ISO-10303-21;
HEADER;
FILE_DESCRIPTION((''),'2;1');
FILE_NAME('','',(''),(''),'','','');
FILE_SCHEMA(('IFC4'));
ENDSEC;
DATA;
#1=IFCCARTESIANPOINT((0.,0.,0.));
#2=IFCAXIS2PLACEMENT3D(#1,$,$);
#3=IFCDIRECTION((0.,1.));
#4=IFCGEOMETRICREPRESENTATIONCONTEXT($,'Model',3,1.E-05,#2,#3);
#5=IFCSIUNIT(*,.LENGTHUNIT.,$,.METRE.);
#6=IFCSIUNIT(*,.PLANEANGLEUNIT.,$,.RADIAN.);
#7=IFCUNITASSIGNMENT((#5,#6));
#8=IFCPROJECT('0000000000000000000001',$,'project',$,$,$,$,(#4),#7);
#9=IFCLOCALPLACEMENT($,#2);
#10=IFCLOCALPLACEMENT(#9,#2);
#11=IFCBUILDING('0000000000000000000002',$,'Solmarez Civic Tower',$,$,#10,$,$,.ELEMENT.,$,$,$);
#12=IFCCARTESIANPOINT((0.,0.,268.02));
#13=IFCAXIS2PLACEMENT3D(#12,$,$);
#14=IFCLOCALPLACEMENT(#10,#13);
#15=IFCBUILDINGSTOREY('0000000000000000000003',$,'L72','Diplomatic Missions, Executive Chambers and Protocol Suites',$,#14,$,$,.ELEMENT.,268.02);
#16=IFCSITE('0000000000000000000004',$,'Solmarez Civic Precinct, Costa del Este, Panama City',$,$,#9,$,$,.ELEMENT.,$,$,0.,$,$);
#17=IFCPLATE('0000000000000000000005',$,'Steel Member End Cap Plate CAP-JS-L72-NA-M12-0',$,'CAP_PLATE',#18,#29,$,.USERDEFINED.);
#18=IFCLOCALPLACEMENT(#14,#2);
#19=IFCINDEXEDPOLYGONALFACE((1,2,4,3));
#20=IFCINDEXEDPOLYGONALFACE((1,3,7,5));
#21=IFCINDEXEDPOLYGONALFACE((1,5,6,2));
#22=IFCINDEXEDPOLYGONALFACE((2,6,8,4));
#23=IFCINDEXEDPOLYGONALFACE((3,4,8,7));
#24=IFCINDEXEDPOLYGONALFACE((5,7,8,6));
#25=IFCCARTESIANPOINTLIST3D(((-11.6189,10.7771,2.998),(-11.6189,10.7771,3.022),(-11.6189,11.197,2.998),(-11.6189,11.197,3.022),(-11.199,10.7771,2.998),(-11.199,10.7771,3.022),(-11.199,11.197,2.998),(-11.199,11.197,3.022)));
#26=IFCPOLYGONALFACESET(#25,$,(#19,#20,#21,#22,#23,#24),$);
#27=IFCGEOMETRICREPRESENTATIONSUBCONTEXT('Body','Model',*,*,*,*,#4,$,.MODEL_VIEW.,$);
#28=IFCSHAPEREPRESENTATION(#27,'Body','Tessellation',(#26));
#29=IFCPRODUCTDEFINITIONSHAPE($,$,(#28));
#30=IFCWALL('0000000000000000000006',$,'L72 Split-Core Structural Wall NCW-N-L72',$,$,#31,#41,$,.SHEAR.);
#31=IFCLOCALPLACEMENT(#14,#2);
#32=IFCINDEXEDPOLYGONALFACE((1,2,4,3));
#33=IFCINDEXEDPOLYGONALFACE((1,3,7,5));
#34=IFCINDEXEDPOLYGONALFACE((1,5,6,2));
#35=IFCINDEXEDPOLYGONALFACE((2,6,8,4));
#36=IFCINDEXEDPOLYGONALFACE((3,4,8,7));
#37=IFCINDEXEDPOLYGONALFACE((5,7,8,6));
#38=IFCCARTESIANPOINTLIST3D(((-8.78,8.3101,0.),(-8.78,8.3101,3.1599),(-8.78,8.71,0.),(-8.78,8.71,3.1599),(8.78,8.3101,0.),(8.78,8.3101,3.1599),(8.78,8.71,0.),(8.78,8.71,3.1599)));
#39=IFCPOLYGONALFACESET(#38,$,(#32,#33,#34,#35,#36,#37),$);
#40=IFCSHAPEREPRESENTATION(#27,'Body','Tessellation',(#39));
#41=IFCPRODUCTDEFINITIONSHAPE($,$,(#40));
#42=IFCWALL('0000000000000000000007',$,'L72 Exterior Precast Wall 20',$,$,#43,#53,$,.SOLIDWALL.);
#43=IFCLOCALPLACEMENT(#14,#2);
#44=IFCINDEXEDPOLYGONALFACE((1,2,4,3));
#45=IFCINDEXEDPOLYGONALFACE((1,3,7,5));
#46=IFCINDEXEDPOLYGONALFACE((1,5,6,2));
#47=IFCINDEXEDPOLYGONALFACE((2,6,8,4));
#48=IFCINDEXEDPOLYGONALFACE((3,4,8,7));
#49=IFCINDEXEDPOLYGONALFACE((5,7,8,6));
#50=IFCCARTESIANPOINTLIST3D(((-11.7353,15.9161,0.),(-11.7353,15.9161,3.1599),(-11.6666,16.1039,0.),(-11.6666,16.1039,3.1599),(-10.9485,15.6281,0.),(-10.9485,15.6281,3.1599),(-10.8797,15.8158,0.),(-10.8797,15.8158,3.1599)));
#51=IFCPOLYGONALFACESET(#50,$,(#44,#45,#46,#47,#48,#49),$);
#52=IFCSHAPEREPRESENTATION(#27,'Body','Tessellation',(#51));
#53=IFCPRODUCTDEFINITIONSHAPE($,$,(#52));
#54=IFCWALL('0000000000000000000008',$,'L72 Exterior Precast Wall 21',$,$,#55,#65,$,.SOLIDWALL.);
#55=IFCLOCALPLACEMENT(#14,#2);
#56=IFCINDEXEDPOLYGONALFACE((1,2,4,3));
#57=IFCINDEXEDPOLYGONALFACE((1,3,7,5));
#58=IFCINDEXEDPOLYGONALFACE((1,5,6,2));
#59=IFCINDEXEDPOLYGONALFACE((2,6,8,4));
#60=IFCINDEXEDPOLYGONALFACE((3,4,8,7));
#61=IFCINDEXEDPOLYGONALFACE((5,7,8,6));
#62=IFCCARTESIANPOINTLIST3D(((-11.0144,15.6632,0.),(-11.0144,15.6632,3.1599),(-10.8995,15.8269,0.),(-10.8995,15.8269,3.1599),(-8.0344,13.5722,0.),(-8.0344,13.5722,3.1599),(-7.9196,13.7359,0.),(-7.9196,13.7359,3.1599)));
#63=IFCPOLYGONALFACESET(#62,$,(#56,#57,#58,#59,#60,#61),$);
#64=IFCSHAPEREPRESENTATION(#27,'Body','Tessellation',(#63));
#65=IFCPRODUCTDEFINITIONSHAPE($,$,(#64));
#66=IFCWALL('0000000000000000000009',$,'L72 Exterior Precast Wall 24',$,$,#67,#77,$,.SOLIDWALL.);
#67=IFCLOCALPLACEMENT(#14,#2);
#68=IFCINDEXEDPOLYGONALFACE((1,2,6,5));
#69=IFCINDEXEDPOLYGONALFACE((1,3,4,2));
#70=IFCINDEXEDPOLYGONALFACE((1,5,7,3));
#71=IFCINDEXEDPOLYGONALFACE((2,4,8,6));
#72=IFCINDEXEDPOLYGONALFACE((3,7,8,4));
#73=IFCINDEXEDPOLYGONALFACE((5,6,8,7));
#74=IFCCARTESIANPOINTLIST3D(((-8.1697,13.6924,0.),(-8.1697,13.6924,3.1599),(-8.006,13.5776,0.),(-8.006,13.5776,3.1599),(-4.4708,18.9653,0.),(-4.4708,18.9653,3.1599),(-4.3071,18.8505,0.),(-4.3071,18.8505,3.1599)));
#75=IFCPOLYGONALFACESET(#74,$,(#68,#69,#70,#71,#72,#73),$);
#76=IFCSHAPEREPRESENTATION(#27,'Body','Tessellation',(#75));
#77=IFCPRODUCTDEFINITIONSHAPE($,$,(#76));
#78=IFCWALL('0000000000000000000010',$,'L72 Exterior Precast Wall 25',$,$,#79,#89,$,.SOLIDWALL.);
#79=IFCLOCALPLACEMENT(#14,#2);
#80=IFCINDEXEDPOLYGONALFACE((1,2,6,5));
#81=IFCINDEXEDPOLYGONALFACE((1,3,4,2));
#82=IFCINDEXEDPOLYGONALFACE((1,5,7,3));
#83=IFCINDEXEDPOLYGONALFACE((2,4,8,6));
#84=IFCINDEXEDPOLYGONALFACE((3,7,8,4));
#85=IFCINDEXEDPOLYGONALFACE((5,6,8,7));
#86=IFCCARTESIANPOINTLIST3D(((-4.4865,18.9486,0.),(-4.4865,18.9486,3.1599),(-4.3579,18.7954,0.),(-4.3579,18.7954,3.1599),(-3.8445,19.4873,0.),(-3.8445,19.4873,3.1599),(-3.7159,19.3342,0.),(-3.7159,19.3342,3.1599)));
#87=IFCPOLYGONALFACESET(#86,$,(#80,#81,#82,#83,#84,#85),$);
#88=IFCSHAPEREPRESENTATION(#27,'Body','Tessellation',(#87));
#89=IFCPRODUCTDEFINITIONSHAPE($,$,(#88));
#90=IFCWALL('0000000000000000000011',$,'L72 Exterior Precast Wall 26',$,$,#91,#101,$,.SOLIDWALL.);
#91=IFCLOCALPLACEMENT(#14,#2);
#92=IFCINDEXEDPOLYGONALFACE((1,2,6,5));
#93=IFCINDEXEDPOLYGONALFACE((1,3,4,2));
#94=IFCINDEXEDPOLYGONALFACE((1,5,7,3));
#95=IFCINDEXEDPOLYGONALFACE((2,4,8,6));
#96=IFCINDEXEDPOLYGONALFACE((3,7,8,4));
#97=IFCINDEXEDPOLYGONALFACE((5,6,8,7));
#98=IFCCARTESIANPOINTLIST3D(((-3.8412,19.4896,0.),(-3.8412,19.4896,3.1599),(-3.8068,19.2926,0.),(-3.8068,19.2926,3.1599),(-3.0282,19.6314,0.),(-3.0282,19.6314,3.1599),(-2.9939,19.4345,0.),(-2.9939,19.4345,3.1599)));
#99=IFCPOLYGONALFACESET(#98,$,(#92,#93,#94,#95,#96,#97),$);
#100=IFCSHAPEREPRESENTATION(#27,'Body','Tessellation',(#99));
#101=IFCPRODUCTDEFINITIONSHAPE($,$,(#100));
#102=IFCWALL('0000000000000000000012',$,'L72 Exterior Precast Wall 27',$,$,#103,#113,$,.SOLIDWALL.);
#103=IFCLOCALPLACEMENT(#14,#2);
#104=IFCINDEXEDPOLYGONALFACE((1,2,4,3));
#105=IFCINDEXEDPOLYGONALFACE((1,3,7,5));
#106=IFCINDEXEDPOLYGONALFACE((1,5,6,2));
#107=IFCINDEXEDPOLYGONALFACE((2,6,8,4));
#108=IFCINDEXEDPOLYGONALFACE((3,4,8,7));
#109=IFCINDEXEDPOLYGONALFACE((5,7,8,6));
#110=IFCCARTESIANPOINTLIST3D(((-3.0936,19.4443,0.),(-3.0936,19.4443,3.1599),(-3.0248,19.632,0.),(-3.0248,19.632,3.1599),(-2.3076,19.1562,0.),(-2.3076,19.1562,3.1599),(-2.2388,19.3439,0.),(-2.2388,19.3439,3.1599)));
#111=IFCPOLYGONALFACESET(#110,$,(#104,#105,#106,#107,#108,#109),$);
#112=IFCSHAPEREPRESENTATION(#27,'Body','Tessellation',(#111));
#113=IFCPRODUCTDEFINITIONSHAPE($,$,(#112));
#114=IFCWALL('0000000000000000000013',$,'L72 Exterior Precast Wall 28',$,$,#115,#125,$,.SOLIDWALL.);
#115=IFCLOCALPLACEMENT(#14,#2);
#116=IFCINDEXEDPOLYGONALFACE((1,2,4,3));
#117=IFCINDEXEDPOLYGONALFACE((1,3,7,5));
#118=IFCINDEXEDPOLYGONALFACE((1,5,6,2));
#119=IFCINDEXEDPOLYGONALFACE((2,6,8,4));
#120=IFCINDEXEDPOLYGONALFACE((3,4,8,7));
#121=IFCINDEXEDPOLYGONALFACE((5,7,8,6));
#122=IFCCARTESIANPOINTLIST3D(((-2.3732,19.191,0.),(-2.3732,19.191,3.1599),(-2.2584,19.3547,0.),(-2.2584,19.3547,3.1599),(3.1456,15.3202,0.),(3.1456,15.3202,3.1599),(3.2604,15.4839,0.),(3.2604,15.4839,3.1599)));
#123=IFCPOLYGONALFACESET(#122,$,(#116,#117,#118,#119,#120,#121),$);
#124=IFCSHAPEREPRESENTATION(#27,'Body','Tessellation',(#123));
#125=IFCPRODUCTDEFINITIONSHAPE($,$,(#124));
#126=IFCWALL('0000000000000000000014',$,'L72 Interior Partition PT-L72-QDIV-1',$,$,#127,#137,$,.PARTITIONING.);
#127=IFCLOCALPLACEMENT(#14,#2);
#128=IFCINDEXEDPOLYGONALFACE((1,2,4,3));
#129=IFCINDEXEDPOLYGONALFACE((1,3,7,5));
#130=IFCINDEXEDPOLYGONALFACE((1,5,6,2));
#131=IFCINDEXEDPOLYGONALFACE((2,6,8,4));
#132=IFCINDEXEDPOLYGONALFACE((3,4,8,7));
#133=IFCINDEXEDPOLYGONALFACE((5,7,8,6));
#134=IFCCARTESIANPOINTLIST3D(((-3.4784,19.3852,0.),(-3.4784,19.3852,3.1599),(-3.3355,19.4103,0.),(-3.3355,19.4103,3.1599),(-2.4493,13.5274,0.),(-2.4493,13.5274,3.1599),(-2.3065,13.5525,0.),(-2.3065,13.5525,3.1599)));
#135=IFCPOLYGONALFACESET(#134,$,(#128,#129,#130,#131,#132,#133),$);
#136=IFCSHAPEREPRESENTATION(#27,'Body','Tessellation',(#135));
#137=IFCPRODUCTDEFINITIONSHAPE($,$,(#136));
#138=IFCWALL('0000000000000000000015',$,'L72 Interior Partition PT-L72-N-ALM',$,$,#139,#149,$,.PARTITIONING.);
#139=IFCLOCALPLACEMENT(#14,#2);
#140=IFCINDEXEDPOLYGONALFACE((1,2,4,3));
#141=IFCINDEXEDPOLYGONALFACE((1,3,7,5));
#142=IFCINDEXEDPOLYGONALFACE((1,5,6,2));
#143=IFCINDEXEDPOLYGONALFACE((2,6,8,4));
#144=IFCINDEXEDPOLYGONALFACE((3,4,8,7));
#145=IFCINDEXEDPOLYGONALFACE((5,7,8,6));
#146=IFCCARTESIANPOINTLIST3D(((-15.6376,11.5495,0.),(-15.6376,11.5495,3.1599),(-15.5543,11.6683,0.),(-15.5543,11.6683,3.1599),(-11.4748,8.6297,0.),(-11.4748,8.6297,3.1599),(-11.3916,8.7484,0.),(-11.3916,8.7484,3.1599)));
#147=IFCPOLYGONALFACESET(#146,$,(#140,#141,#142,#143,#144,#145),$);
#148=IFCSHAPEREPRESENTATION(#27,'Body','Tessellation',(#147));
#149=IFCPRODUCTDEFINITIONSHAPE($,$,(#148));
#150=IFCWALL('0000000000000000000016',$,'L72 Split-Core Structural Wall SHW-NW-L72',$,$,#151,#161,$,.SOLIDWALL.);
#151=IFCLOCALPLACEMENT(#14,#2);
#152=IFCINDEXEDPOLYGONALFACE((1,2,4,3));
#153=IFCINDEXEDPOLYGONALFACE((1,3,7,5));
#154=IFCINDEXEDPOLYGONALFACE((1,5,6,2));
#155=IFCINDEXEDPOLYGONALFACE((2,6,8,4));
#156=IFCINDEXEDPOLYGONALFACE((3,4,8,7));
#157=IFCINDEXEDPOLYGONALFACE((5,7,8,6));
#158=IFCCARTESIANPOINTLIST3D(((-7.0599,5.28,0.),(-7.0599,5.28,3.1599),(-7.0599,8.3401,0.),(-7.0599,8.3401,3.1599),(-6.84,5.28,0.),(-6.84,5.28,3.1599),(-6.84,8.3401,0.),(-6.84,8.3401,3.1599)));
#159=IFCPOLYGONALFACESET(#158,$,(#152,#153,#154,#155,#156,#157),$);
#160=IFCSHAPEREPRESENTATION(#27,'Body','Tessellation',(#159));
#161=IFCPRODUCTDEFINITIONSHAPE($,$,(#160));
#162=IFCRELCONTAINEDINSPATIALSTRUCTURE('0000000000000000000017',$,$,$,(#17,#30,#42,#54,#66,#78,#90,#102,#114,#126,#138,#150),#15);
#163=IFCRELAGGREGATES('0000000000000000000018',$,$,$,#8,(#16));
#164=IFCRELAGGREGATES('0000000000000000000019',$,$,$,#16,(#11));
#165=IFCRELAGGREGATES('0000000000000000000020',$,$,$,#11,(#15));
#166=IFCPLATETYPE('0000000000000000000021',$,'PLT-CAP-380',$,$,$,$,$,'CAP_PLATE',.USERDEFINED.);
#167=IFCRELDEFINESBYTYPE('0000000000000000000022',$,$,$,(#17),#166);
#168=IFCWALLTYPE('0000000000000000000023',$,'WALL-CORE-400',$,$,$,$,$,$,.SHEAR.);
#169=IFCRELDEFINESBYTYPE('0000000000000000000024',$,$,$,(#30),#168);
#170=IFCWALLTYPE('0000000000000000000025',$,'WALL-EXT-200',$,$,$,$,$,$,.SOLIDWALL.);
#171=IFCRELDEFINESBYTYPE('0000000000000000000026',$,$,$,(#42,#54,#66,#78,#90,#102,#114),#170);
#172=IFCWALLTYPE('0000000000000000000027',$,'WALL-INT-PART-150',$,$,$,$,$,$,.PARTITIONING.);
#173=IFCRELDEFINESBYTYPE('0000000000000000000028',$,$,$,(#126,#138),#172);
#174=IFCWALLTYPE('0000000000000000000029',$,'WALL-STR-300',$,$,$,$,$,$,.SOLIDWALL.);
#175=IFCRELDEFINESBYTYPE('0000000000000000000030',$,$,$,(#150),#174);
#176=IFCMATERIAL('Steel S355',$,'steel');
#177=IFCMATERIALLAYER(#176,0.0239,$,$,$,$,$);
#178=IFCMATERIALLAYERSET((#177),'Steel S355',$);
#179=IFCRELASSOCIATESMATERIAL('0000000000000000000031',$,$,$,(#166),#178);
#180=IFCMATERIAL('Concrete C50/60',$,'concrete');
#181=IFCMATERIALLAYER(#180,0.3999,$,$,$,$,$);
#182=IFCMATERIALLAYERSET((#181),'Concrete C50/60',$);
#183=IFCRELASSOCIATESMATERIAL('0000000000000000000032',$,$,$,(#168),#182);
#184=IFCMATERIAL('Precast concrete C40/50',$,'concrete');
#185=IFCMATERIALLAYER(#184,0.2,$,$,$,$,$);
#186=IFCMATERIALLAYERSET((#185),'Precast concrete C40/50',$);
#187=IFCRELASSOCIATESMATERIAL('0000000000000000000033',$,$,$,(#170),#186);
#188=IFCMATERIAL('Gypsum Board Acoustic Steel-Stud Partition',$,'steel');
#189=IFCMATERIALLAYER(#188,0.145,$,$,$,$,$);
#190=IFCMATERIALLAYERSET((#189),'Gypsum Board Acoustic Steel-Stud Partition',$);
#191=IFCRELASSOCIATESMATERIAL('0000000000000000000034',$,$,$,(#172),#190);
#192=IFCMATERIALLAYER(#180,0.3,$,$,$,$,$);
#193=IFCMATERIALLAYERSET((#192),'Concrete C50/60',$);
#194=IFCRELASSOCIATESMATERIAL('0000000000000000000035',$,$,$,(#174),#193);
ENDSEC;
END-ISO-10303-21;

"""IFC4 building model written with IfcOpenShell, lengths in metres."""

from ifc_helpers import new_model, si_unit, direction, frame, frame_2d, origin, origin_2d, place, context, subcontext, project, spatial, rectangle, extrude, material, layer, layer_set, type_object, element, save


model = new_model("IFC4")

# Units and contexts
model_context = context("Model", 3, precision=1e-05, world=origin(), true_north=direction((0.0, 1.0)))
body_context = subcontext(model_context, "Body", "Model", "MODEL_VIEW")
ifc_project = project(units=[si_unit("LENGTHUNIT", "METRE"), si_unit("PLANEANGLEUNIT", "RADIAN")], contexts=[model_context])

# Site, building, storey
site_placement = place(None, origin())
site = spatial("IfcSite", under=ifc_project, at=site_placement, Name="Solmarez Civic Precinct, Costa del Este, Panama City", CompositionType="ELEMENT", RefElevation=0.0)
building_placement = place(site_placement, origin())
building = spatial("IfcBuilding", under=site, at=building_placement, Name="Solmarez Civic Tower", CompositionType="ELEMENT")
storey_placement = place(building_placement, frame((0.0, 0.0, 268.02)))
storey = spatial("IfcBuildingStorey", under=building, at=storey_placement, Name="L72", Description="Diplomatic Missions, Executive Chambers and Protocol Suites", CompositionType="ELEMENT", Elevation=268.02)

# Shared definitions
ifc_material_1 = material(Name="Concrete C50/60", Category="concrete")

# Shared definitions
ifc_material_2 = material(Name="Steel S355", Category="steel")

# Plate
ifc_layer_1 = layer(ifc_material_2, 0.0239)
ifc_layer_set_1 = layer_set([ifc_layer_1], Name="Steel S355")
plate_type = type_object("IfcPlateType", Name="PLT-CAP-380", ElementType="CAP_PLATE", PredefinedType="USERDEFINED", material=ifc_layer_set_1)
for number, where, z_axis, x_axis, name in (
    (1, (-11.4089, 10.9871, 2.998), (0.0, 0.0, 1.0), (1.0, 0.0, 0.0), "Steel Member End Cap Plate CAP-JS-L72-NA-M12-0"),
):
    element("IfcPlate", number, at=place(storey_placement, frame(where, z_axis=z_axis, x_axis=x_axis)), inside=storey, type_object=plate_type, Name=name, ObjectType="CAP_PLATE", PredefinedType="USERDEFINED", context=body_context, shape_type="SweptSolid", body=[
        extrude(rectangle(XDim=0.4199, YDim=0.4199, at=origin_2d()), origin(), (0.0, 0.0, 1.0), 0.0239),
    ])

# Walls
ifc_layer_2 = layer(ifc_material_1, 0.3999)
ifc_layer_set_2 = layer_set([ifc_layer_2], Name="Concrete C50/60")
wall_type_1 = type_object("IfcWallType", Name="WALL-CORE-400", PredefinedType="SHEAR", material=ifc_layer_set_2)
wall_1_placement = place(storey_placement, frame((-8.78, 8.51, 0.0), z_axis=(0.0, 0.0, 1.0), x_axis=(1.0, 0.0, 0.0)))
element("IfcWall", 2, at=wall_1_placement, inside=storey, type_object=wall_type_1, Name="L72 Split-Core Structural Wall NCW-N-L72", PredefinedType="SHEAR", context=body_context, shape_type="SweptSolid", body=[
    extrude(rectangle(XDim=17.5601, YDim=0.3999, at=frame_2d((8.78, 0.0))), origin(), (0.0, 0.0, 1.0), 3.1599),
])
ifc_material_3 = material(Name="Precast concrete C40/50", Category="concrete")
ifc_layer_3 = layer(ifc_material_3, 0.2)
ifc_layer_set_3 = layer_set([ifc_layer_3], Name="Precast concrete C40/50")
wall_type_2 = type_object("IfcWallType", Name="WALL-EXT-200", PredefinedType="SOLIDWALL", material=ifc_layer_set_3)
wall_2_placement = place(storey_placement, frame((-11.7009, 16.01, 0.0), z_axis=(0.0, 0.0, 1.0), x_axis=(0.939043, -0.343801, 0.0)))
element("IfcWall", 3, at=wall_2_placement, inside=storey, type_object=wall_type_2, Name="L72 Exterior Precast Wall 20", PredefinedType="SOLIDWALL", context=body_context, shape_type="SweptSolid", body=[
    extrude(rectangle(XDim=0.8379, YDim=0.2, at=frame_2d((0.4189, 0.0))), origin(), (0.0, 0.0, 1.0), 3.1599),
])
wall_3_placement = place(storey_placement, frame((-10.957, 15.7451, 0.0), z_axis=(0.0, 0.0, 1.0), x_axis=(0.818576, -0.574398, 0.0)))
element("IfcWall", 4, at=wall_3_placement, inside=storey, type_object=wall_type_2, Name="L72 Exterior Precast Wall 21", PredefinedType="SOLIDWALL", context=body_context, shape_type="SweptSolid", body=[
    extrude(rectangle(XDim=3.6404, YDim=0.2, at=frame_2d((1.8203, 0.0))), origin(), (0.0, 0.0, 1.0), 3.1599),
])
wall_4_placement = place(storey_placement, frame((-8.0879, 13.635, 0.0), z_axis=(0.0, 0.0, 1.0), x_axis=(0.574286, 0.818655, 0.0)))
element("IfcWall", 5, at=wall_4_placement, inside=storey, type_object=wall_type_2, Name="L72 Exterior Precast Wall 24", PredefinedType="SOLIDWALL", context=body_context, shape_type="SweptSolid", body=[
    extrude(rectangle(XDim=6.4409, YDim=0.2, at=frame_2d((3.2205, 0.0))), origin(), (0.0, 0.0, 1.0), 3.1599),
])
wall_5_placement = place(storey_placement, frame((-4.4221, 18.8721, 0.0), z_axis=(0.0, 0.0, 1.0), x_axis=(0.76602, 0.642816, 0.0)))
element("IfcWall", 6, at=wall_5_placement, inside=storey, type_object=wall_type_2, Name="L72 Exterior Precast Wall 25", PredefinedType="SOLIDWALL", context=body_context, shape_type="SweptSolid", body=[
    extrude(rectangle(XDim=0.8381, YDim=0.2, at=frame_2d((0.4189, 0.0))), origin(), (0.0, 0.0, 1.0), 3.1599),
])
wall_6_placement = place(storey_placement, frame((-3.824, 19.3911, 0.0), z_axis=(0.0, 0.0, 1.0), x_axis=(0.985118, 0.171878, 0.0)))
element("IfcWall", 7, at=wall_6_placement, inside=storey, type_object=wall_type_2, Name="L72 Exterior Precast Wall 26", PredefinedType="SOLIDWALL", context=body_context, shape_type="SweptSolid", body=[
    extrude(rectangle(XDim=0.8252, YDim=0.2, at=frame_2d((0.4126, 0.0))), origin(), (0.0, 0.0, 1.0), 3.1599),
])
wall_7_placement = place(storey_placement, frame((-3.0591, 19.5381, 0.0), z_axis=(0.0, 0.0, 1.0), x_axis=(0.938939, -0.344083, 0.0)))
element("IfcWall", 8, at=wall_7_placement, inside=storey, type_object=wall_type_2, Name="L72 Exterior Precast Wall 27", PredefinedType="SOLIDWALL", context=body_context, shape_type="SweptSolid", body=[
    extrude(rectangle(XDim=0.8372, YDim=0.2, at=frame_2d((0.4185, 0.0))), origin(), (0.0, 0.0, 1.0), 3.1599),
])
wall_8_placement = place(storey_placement, frame((-2.3159, 19.2729, 0.0), z_axis=(0.0, 0.0, 1.0), x_axis=(0.818696, -0.574228, 0.0)))
element("IfcWall", 9, at=wall_8_placement, inside=storey, type_object=wall_type_2, Name="L72 Exterior Precast Wall 28", PredefinedType="SOLIDWALL", context=body_context, shape_type="SweptSolid", body=[
    extrude(rectangle(XDim=6.741, YDim=0.2, at=frame_2d((3.3706, 0.0))), origin(), (0.0, 0.0, 1.0), 3.1599),
])
ifc_material_4 = material(Name="Gypsum Board Acoustic Steel-Stud Partition", Category="steel")
ifc_layer_4 = layer(ifc_material_4, 0.145)
ifc_layer_set_4 = layer_set([ifc_layer_4], Name="Gypsum Board Acoustic Steel-Stud Partition")
wall_type_3 = type_object("IfcWallType", Name="WALL-INT-PART-150", PredefinedType="PARTITIONING", material=ifc_layer_set_4)
wall_9_placement = place(storey_placement, frame((-2.3779, 13.54, 0.0), z_axis=(0.0, 0.0, 1.0), x_axis=(-0.17302, 0.984918, 0.0)))
element("IfcWall", 10, at=wall_9_placement, inside=storey, type_object=wall_type_3, Name="L72 Interior Partition PT-L72-QDIV-1", PredefinedType="PARTITIONING", context=body_context, shape_type="SweptSolid", body=[
    extrude(rectangle(XDim=5.9475, YDim=0.145, at=frame_2d((2.9736, 0.0))), origin(), (0.0, 0.0, 1.0), 3.1599),
])
wall_10_placement = place(storey_placement, frame((-11.4331, 8.689, 0.0), z_axis=(0.0, 0.0, 1.0), x_axis=(-0.818683, 0.574245, 0.0)))
element("IfcWall", 11, at=wall_10_placement, inside=storey, type_object=wall_type_3, Name="L72 Interior Partition PT-L72-N-ALM", PredefinedType="PARTITIONING", context=body_context, shape_type="SweptSolid", body=[
    extrude(rectangle(XDim=5.0847, YDim=0.145, at=frame_2d((2.5425, 0.0))), origin(), (0.0, 0.0, 1.0), 3.1599),
])
ifc_layer_5 = layer(ifc_material_1, 0.3)
ifc_layer_set_5 = layer_set([ifc_layer_5], Name="Concrete C50/60")
wall_type_4 = type_object("IfcWallType", Name="WALL-STR-300", PredefinedType="SOLIDWALL", material=ifc_layer_set_5)
wall_11_placement = place(storey_placement, frame((-6.95, 5.28, 0.0), z_axis=(0.0, 0.0, 1.0), x_axis=(0.0, 1.0, 0.0)))
element("IfcWall", 12, at=wall_11_placement, inside=storey, type_object=wall_type_4, Name="L72 Split-Core Structural Wall SHW-NW-L72", PredefinedType="SOLIDWALL", context=body_context, shape_type="SweptSolid", body=[
    extrude(rectangle(XDim=3.0601, YDim=0.22, at=frame_2d((1.53, 0.0))), origin(), (0.0, 0.0, 1.0), 3.1599),
])

save(model, "model.ifc")
